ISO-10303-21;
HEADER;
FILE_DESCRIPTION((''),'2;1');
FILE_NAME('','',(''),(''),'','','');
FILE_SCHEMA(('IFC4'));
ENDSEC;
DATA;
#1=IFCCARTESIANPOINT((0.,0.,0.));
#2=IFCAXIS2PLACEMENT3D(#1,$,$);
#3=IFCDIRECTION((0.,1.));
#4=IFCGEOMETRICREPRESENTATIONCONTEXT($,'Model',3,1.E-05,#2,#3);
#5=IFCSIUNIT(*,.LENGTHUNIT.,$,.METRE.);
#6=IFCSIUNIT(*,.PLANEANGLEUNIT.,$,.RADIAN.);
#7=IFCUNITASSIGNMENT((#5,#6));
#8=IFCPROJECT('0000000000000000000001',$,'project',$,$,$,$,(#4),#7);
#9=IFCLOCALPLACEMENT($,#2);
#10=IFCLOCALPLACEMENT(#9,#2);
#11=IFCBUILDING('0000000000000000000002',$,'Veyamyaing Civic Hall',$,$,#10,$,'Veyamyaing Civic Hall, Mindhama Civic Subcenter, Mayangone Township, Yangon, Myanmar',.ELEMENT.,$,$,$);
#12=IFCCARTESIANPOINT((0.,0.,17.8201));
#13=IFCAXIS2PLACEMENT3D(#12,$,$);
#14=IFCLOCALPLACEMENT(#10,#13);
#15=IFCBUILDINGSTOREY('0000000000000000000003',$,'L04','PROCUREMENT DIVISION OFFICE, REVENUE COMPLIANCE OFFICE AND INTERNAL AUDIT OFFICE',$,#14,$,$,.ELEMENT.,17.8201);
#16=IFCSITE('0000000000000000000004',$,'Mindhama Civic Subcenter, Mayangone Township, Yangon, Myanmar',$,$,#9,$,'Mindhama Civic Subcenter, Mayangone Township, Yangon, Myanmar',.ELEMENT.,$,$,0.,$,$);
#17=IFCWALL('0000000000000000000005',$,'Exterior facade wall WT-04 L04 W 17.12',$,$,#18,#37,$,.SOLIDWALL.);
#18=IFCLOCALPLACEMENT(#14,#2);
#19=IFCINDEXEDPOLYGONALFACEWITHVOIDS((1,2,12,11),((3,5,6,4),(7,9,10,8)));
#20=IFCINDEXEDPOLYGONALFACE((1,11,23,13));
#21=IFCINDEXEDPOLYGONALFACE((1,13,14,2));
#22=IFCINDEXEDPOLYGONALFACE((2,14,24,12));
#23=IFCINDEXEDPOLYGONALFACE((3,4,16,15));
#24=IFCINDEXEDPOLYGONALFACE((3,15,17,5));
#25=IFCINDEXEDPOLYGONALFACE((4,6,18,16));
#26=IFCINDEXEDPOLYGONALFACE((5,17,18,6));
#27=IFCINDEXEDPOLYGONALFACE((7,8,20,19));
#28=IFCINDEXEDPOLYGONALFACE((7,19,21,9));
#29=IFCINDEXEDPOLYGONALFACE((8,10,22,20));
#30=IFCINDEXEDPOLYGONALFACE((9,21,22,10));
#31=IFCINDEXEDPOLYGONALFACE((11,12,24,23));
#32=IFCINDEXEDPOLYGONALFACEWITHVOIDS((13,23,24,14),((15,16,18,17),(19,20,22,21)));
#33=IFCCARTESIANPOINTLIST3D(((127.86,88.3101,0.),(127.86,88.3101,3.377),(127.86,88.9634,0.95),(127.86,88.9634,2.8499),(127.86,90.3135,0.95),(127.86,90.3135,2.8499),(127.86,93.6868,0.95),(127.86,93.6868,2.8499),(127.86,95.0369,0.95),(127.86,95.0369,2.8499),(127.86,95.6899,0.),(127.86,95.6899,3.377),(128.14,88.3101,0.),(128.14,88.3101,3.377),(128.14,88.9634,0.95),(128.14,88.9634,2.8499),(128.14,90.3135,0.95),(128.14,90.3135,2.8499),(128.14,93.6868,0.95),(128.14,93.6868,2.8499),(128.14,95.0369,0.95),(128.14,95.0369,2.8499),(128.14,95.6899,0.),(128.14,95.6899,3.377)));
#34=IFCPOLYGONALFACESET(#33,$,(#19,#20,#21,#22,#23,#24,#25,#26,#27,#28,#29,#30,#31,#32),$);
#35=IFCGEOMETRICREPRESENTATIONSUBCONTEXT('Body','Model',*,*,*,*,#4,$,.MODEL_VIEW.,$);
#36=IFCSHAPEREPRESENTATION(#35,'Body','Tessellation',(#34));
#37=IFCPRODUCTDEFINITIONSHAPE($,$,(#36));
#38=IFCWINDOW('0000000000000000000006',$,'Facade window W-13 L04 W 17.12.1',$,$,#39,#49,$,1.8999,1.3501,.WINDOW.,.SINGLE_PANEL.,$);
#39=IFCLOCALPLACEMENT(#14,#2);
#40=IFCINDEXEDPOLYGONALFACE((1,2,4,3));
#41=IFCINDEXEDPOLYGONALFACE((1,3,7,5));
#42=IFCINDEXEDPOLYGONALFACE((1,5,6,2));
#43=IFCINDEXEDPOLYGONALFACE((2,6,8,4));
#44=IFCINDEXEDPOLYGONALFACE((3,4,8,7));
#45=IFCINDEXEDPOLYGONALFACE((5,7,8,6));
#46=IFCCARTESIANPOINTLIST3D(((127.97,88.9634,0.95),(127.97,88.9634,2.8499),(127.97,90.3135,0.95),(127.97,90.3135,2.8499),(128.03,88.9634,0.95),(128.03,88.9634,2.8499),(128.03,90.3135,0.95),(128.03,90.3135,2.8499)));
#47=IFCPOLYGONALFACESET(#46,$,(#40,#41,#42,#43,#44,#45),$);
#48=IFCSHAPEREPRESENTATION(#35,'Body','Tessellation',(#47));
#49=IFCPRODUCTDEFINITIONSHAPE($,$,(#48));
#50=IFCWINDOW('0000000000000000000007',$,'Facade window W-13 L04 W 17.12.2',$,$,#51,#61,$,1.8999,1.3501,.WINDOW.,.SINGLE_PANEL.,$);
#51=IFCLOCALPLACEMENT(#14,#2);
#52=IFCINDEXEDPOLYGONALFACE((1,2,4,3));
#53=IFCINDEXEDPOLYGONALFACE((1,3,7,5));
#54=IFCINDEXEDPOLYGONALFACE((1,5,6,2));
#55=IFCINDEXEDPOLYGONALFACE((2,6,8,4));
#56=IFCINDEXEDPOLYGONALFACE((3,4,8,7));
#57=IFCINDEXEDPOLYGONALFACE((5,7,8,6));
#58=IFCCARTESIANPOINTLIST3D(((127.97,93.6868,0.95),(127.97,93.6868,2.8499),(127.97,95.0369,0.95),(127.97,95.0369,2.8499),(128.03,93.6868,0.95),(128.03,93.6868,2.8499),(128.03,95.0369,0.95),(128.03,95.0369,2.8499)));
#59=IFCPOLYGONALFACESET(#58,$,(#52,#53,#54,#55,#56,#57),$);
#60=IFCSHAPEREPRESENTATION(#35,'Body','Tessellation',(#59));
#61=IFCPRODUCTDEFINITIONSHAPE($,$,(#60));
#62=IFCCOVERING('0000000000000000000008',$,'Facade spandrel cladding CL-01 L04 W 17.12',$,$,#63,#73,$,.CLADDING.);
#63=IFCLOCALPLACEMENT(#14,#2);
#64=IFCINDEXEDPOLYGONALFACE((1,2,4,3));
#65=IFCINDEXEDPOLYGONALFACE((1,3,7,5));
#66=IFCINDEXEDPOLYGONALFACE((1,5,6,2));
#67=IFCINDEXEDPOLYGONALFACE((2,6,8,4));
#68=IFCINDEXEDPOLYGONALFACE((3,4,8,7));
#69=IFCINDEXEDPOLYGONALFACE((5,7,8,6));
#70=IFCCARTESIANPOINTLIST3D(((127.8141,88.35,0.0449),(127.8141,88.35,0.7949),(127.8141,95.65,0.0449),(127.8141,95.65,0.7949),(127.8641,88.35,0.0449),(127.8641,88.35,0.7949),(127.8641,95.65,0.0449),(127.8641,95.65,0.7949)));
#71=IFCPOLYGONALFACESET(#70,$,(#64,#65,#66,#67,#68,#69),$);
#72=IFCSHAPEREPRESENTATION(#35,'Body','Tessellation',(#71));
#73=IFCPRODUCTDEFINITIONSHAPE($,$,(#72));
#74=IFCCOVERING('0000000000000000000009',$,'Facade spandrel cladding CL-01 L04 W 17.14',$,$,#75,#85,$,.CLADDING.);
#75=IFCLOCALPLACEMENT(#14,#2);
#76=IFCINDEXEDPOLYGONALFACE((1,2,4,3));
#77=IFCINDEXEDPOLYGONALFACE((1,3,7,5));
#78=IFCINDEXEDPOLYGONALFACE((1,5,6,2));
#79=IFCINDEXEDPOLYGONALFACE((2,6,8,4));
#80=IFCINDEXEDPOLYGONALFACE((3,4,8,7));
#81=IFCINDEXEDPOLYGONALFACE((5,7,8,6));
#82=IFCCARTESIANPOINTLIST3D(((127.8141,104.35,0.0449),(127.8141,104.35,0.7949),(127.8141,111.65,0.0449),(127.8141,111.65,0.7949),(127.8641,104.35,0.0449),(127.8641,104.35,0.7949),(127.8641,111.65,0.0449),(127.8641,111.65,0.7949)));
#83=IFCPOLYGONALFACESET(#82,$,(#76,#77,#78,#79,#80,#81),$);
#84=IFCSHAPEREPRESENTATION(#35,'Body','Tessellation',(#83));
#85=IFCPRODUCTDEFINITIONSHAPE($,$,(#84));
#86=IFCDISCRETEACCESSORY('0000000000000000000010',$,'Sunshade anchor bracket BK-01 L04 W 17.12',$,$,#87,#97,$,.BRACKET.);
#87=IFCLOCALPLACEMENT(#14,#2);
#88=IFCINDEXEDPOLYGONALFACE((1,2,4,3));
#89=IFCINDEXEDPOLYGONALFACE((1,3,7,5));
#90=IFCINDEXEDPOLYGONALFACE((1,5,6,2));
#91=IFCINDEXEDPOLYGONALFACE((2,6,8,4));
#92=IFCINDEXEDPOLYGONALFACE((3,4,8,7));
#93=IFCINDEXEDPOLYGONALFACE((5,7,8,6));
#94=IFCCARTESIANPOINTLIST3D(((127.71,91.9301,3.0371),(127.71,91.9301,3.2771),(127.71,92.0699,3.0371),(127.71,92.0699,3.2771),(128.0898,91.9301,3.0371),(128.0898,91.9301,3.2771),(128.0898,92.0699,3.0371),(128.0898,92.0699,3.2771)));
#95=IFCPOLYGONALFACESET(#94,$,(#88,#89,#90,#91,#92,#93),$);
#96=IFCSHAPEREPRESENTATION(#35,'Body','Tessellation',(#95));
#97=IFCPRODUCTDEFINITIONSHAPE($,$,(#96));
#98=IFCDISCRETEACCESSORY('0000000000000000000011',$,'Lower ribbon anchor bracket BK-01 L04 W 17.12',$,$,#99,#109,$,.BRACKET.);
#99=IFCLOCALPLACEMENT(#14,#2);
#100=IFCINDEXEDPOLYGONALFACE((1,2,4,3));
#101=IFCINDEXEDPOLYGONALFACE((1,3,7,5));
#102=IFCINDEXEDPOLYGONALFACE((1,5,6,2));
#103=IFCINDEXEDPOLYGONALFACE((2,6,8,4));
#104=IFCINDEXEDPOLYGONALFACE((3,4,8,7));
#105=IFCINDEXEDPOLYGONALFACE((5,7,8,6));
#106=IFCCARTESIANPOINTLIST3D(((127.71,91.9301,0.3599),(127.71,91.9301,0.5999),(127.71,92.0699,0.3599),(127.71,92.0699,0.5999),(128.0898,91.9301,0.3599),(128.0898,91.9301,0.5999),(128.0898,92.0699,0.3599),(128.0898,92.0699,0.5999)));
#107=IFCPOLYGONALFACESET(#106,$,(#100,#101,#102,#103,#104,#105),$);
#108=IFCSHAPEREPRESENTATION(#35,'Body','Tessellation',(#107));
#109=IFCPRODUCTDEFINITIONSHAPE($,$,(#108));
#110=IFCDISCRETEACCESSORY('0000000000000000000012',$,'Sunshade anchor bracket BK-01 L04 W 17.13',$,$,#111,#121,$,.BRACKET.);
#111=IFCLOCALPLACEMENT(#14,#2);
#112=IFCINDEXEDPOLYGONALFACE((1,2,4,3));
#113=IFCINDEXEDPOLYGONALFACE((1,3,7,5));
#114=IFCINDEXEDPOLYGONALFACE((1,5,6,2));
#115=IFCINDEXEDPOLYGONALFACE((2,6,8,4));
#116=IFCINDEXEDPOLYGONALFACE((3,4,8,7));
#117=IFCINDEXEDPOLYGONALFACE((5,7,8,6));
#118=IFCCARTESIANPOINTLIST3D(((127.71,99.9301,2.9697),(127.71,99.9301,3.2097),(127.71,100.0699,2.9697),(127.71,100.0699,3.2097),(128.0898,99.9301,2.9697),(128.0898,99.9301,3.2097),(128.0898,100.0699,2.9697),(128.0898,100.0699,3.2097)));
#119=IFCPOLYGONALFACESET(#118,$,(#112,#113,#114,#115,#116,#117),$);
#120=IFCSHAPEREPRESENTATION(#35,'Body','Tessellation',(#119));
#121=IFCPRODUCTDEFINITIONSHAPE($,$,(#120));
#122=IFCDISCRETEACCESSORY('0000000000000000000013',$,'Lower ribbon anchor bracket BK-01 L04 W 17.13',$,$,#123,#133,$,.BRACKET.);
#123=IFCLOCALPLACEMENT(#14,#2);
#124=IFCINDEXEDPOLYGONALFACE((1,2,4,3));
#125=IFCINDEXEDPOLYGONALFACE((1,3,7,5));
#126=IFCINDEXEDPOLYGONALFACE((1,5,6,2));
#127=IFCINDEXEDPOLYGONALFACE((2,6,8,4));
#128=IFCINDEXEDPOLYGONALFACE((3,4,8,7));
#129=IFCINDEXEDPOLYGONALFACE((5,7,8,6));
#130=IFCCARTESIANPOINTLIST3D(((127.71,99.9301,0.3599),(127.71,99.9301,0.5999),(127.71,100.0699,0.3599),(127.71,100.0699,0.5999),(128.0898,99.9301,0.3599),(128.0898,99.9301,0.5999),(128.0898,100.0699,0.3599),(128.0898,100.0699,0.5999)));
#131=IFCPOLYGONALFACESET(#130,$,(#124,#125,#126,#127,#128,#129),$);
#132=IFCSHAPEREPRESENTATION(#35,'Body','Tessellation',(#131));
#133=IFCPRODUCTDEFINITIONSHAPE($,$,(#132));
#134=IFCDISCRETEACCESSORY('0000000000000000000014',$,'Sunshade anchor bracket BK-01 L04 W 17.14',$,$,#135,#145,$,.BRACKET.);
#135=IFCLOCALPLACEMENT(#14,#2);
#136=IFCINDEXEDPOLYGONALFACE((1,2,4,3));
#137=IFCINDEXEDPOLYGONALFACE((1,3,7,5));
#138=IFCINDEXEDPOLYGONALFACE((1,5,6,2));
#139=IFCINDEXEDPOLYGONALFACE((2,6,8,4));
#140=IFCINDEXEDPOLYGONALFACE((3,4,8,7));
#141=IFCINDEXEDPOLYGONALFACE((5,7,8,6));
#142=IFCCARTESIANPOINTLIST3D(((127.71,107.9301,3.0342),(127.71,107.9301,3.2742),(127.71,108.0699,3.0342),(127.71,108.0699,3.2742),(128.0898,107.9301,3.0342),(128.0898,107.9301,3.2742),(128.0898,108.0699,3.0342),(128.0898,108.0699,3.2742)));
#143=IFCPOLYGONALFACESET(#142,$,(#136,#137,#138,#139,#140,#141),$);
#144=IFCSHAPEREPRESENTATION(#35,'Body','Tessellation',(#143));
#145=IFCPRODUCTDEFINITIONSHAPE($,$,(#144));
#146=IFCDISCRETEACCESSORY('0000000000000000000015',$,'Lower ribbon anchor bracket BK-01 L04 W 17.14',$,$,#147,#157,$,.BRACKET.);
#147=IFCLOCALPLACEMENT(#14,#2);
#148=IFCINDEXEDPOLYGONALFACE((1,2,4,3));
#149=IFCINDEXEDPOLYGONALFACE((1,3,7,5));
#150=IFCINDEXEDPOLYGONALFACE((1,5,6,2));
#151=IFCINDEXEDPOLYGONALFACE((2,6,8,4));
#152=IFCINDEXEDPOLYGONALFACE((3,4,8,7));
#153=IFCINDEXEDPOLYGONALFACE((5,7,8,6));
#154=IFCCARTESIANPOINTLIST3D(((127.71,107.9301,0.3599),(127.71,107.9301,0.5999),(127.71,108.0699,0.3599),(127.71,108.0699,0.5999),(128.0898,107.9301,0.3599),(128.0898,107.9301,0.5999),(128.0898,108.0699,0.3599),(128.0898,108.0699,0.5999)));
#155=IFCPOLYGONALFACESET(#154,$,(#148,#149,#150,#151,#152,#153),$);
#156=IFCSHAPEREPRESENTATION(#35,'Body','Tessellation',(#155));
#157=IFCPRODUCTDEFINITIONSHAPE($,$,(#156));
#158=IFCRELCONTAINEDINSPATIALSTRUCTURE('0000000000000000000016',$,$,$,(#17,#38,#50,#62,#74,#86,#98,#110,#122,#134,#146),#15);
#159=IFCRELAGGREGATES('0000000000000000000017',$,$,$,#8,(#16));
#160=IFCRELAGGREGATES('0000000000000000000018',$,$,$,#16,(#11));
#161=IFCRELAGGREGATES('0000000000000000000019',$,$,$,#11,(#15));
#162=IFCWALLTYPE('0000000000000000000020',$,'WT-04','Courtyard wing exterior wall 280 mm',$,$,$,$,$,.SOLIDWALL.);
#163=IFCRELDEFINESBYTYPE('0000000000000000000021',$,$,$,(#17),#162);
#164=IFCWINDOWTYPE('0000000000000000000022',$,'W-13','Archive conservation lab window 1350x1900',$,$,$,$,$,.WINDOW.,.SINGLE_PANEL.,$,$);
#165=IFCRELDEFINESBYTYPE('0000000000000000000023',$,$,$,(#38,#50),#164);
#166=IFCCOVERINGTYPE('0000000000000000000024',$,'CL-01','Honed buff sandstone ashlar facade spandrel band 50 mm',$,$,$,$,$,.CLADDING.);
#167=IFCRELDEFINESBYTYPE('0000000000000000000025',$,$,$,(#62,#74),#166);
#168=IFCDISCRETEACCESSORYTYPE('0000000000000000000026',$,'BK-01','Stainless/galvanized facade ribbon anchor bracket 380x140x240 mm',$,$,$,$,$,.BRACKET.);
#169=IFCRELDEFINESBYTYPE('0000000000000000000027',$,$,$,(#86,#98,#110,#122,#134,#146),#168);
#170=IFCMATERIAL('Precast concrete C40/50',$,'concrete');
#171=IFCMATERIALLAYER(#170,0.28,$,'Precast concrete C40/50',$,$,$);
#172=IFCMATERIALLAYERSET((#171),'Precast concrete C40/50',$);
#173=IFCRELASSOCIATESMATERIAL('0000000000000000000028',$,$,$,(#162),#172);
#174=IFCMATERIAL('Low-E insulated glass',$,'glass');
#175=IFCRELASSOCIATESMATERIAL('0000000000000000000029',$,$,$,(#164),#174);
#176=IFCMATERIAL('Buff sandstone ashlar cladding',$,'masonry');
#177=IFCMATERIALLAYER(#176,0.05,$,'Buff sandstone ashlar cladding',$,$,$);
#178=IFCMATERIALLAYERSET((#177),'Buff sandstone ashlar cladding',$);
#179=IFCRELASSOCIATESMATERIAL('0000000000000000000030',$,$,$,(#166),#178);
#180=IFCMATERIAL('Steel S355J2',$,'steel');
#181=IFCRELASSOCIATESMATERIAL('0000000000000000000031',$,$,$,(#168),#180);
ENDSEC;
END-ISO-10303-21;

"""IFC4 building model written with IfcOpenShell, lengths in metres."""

from ifc_helpers import new_model, si_unit, direction, frame, frame_2d, origin, origin_2d, place, context, subcontext, project, spatial, rectangle, extrude, material, layer, layer_set, type_object, element, fill, save


model = new_model("IFC4")

# Units and contexts
model_context = context("Model", 3, precision=1e-05, world=origin(), true_north=direction((0.0, 1.0)))
body_context = subcontext(model_context, "Body", "Model", "MODEL_VIEW")
ifc_project = project(units=[si_unit("LENGTHUNIT", "METRE"), si_unit("PLANEANGLEUNIT", "RADIAN")], contexts=[model_context])

# Site, building, storey
site_placement = place(None, origin())
site = spatial("IfcSite", under=ifc_project, at=site_placement, Name="Mindhama Civic Subcenter, Mayangone Township, Yangon, Myanmar", LongName="Mindhama Civic Subcenter, Mayangone Township, Yangon, Myanmar", CompositionType="ELEMENT", RefElevation=0.0)
building_placement = place(site_placement, origin())
building = spatial("IfcBuilding", under=site, at=building_placement, Name="Veyamyaing Civic Hall", LongName="Veyamyaing Civic Hall, Mindhama Civic Subcenter, Mayangone Township, Yangon, Myanmar", CompositionType="ELEMENT")
storey_placement = place(building_placement, frame((0.0, 0.0, 17.8201)))
storey = spatial("IfcBuildingStorey", under=building, at=storey_placement, Name="L04", Description="PROCUREMENT DIVISION OFFICE, REVENUE COMPLIANCE OFFICE AND INTERNAL AUDIT OFFICE", CompositionType="ELEMENT", Elevation=17.8201)

# Shared definitions
ifc_material_1 = material(Name="Low-E insulated glass", Category="glass")

# Wall, openings, windows
ifc_material_2 = material(Name="Precast concrete C40/50", Category="concrete")
ifc_layer_1 = layer(ifc_material_2, 0.28, Name="Precast concrete C40/50")
ifc_layer_set_1 = layer_set([ifc_layer_1], Name="Precast concrete C40/50")
wall_type = type_object("IfcWallType", Name="WT-04", Description="Courtyard wing exterior wall 280 mm", PredefinedType="SOLIDWALL", material=ifc_layer_set_1)
wall_placement = place(storey_placement, frame((128.0, 88.3101, 0.0), z_axis=(0.0, 0.0, 1.0), x_axis=(0.0, 1.0, 0.0)))
wall = element("IfcWall", 1, at=wall_placement, inside=storey, type_object=wall_type, Name="Exterior facade wall WT-04 L04 W 17.12", PredefinedType="SOLIDWALL", context=body_context, shape_type="SweptSolid", body=[
    extrude(rectangle(XDim=7.3799, YDim=0.28, at=frame_2d((3.6899, 0.0))), origin(), (0.0, 0.0, 1.0), 3.377),
])
opening_1_placement = place(wall_placement, frame((0.6533, 0.0, 0.95)))
opening_1 = element("IfcOpeningElement", 2, at=opening_1_placement, cuts=wall, PredefinedType="OPENING", context=body_context, shape_type="SweptSolid", body=[
    extrude(rectangle(XDim=1.3501, YDim=1.8999, at=frame_2d((0.675, 0.95))), frame((0.0, 0.1499, 0.0), z_axis=(0.0, -1.0, 0.0), x_axis=(1.0, 0.0, 0.0)), (0.0, 0.0, 1.0), 0.3),
])
opening_2_placement = place(wall_placement, frame((5.3767, 0.0, 0.95)))
opening_2 = element("IfcOpeningElement", 3, at=opening_2_placement, cuts=wall, PredefinedType="OPENING", context=body_context, shape_type="SweptSolid", body=[
    extrude(rectangle(XDim=1.3501, YDim=1.8999, at=frame_2d((0.675, 0.95))), frame((0.0, 0.1499, 0.0), z_axis=(0.0, -1.0, 0.0), x_axis=(1.0, 0.0, 0.0)), (0.0, 0.0, 1.0), 0.3),
])
window_type = type_object("IfcWindowType", Name="W-13", Description="Archive conservation lab window 1350x1900", PartitioningType="SINGLE_PANEL", PredefinedType="WINDOW", material=ifc_material_1)
window_1_placement = place(opening_1_placement, origin())
window_1 = element("IfcWindow", 4, at=window_1_placement, inside=storey, type_object=window_type, Name="Facade window W-13 L04 W 17.12.1", OverallHeight=1.8999, OverallWidth=1.3501, PartitioningType="SINGLE_PANEL", PredefinedType="WINDOW", context=body_context, shape_type="SweptSolid", body=[
    extrude(rectangle(XDim=1.3501, YDim=1.8999, at=frame_2d((0.675, 0.95))), frame((0.0, 0.03, 0.0), z_axis=(0.0, -1.0, 0.0), x_axis=(1.0, 0.0, 0.0)), (0.0, 0.0, 1.0), 0.0601),
])
fill(opening_1, window_1)
window_2_placement = place(opening_2_placement, origin())
window_2 = element("IfcWindow", 5, at=window_2_placement, inside=storey, type_object=window_type, Name="Facade window W-13 L04 W 17.12.2", OverallHeight=1.8999, OverallWidth=1.3501, PartitioningType="SINGLE_PANEL", PredefinedType="WINDOW", context=body_context, shape_type="SweptSolid", body=[
    extrude(rectangle(XDim=1.3501, YDim=1.8999, at=frame_2d((0.675, 0.95))), frame((0.0, 0.03, 0.0), z_axis=(0.0, -1.0, 0.0), x_axis=(1.0, 0.0, 0.0)), (0.0, 0.0, 1.0), 0.0601),
])
fill(opening_2, window_2)

# Coverings
ifc_material_3 = material(Name="Buff sandstone ashlar cladding", Category="masonry")
ifc_layer_2 = layer(ifc_material_3, 0.05, Name="Buff sandstone ashlar cladding")
ifc_layer_set_2 = layer_set([ifc_layer_2], Name="Buff sandstone ashlar cladding")
covering_type = type_object("IfcCoveringType", Name="CL-01", Description="Honed buff sandstone ashlar facade spandrel band 50 mm", PredefinedType="CLADDING", material=ifc_layer_set_2)
for number, where, z_axis, x_axis, name in (
    (6, (127.8391, 92.0, 0.0449), (0.0, 0.0, 1.0), (0.0, 1.0, 0.0), "Facade spandrel cladding CL-01 L04 W 17.12"),
    (7, (127.8391, 108.0, 0.0449), (0.0, 0.0, 1.0), (0.0, 1.0, 0.0), "Facade spandrel cladding CL-01 L04 W 17.14"),
):
    element("IfcCovering", number, at=place(storey_placement, frame(where, z_axis=z_axis, x_axis=x_axis)), inside=storey, type_object=covering_type, Name=name, PredefinedType="CLADDING", context=body_context, shape_type="SweptSolid", body=[
        extrude(rectangle(XDim=7.3, YDim=0.05, at=origin_2d()), origin(), (0.0, 0.0, 1.0), 0.75),
    ])

# Discrete accessories
ifc_material_4 = material(Name="Steel S355J2", Category="steel")
discrete_accessory_type = type_object("IfcDiscreteAccessoryType", Name="BK-01", Description="Stainless/galvanized facade ribbon anchor bracket 380x140x240 mm", PredefinedType="BRACKET", material=ifc_material_4)
for number, where, z_axis, x_axis, name in (
    (8, (127.8999, 92.0, 3.0371), (0.0, 0.0, 1.0), (-1.0, 0.0, 0.0), "Sunshade anchor bracket BK-01 L04 W 17.12"),
    (9, (127.8999, 92.0, 0.3599), (0.0, 0.0, 1.0), (-1.0, 0.0, 0.0), "Lower ribbon anchor bracket BK-01 L04 W 17.12"),
    (10, (127.8999, 100.0, 2.9697), (0.0, 0.0, 1.0), (-1.0, 0.0, 0.0), "Sunshade anchor bracket BK-01 L04 W 17.13"),
    (11, (127.8999, 100.0, 0.3599), (0.0, 0.0, 1.0), (-1.0, 0.0, 0.0), "Lower ribbon anchor bracket BK-01 L04 W 17.13"),
    (12, (127.8999, 108.0, 3.0342), (0.0, 0.0, 1.0), (-1.0, 0.0, 0.0), "Sunshade anchor bracket BK-01 L04 W 17.14"),
    (13, (127.8999, 108.0, 0.3599), (0.0, 0.0, 1.0), (-1.0, 0.0, 0.0), "Lower ribbon anchor bracket BK-01 L04 W 17.14"),
):
    element("IfcDiscreteAccessory", number, at=place(storey_placement, frame(where, z_axis=z_axis, x_axis=x_axis)), inside=storey, type_object=discrete_accessory_type, Name=name, PredefinedType="BRACKET", context=body_context, shape_type="SweptSolid", body=[
        extrude(rectangle(XDim=0.3799, YDim=0.1399, at=origin_2d()), origin(), (0.0, 0.0, 1.0), 0.24),
    ])

save(model, "model.ifc")
